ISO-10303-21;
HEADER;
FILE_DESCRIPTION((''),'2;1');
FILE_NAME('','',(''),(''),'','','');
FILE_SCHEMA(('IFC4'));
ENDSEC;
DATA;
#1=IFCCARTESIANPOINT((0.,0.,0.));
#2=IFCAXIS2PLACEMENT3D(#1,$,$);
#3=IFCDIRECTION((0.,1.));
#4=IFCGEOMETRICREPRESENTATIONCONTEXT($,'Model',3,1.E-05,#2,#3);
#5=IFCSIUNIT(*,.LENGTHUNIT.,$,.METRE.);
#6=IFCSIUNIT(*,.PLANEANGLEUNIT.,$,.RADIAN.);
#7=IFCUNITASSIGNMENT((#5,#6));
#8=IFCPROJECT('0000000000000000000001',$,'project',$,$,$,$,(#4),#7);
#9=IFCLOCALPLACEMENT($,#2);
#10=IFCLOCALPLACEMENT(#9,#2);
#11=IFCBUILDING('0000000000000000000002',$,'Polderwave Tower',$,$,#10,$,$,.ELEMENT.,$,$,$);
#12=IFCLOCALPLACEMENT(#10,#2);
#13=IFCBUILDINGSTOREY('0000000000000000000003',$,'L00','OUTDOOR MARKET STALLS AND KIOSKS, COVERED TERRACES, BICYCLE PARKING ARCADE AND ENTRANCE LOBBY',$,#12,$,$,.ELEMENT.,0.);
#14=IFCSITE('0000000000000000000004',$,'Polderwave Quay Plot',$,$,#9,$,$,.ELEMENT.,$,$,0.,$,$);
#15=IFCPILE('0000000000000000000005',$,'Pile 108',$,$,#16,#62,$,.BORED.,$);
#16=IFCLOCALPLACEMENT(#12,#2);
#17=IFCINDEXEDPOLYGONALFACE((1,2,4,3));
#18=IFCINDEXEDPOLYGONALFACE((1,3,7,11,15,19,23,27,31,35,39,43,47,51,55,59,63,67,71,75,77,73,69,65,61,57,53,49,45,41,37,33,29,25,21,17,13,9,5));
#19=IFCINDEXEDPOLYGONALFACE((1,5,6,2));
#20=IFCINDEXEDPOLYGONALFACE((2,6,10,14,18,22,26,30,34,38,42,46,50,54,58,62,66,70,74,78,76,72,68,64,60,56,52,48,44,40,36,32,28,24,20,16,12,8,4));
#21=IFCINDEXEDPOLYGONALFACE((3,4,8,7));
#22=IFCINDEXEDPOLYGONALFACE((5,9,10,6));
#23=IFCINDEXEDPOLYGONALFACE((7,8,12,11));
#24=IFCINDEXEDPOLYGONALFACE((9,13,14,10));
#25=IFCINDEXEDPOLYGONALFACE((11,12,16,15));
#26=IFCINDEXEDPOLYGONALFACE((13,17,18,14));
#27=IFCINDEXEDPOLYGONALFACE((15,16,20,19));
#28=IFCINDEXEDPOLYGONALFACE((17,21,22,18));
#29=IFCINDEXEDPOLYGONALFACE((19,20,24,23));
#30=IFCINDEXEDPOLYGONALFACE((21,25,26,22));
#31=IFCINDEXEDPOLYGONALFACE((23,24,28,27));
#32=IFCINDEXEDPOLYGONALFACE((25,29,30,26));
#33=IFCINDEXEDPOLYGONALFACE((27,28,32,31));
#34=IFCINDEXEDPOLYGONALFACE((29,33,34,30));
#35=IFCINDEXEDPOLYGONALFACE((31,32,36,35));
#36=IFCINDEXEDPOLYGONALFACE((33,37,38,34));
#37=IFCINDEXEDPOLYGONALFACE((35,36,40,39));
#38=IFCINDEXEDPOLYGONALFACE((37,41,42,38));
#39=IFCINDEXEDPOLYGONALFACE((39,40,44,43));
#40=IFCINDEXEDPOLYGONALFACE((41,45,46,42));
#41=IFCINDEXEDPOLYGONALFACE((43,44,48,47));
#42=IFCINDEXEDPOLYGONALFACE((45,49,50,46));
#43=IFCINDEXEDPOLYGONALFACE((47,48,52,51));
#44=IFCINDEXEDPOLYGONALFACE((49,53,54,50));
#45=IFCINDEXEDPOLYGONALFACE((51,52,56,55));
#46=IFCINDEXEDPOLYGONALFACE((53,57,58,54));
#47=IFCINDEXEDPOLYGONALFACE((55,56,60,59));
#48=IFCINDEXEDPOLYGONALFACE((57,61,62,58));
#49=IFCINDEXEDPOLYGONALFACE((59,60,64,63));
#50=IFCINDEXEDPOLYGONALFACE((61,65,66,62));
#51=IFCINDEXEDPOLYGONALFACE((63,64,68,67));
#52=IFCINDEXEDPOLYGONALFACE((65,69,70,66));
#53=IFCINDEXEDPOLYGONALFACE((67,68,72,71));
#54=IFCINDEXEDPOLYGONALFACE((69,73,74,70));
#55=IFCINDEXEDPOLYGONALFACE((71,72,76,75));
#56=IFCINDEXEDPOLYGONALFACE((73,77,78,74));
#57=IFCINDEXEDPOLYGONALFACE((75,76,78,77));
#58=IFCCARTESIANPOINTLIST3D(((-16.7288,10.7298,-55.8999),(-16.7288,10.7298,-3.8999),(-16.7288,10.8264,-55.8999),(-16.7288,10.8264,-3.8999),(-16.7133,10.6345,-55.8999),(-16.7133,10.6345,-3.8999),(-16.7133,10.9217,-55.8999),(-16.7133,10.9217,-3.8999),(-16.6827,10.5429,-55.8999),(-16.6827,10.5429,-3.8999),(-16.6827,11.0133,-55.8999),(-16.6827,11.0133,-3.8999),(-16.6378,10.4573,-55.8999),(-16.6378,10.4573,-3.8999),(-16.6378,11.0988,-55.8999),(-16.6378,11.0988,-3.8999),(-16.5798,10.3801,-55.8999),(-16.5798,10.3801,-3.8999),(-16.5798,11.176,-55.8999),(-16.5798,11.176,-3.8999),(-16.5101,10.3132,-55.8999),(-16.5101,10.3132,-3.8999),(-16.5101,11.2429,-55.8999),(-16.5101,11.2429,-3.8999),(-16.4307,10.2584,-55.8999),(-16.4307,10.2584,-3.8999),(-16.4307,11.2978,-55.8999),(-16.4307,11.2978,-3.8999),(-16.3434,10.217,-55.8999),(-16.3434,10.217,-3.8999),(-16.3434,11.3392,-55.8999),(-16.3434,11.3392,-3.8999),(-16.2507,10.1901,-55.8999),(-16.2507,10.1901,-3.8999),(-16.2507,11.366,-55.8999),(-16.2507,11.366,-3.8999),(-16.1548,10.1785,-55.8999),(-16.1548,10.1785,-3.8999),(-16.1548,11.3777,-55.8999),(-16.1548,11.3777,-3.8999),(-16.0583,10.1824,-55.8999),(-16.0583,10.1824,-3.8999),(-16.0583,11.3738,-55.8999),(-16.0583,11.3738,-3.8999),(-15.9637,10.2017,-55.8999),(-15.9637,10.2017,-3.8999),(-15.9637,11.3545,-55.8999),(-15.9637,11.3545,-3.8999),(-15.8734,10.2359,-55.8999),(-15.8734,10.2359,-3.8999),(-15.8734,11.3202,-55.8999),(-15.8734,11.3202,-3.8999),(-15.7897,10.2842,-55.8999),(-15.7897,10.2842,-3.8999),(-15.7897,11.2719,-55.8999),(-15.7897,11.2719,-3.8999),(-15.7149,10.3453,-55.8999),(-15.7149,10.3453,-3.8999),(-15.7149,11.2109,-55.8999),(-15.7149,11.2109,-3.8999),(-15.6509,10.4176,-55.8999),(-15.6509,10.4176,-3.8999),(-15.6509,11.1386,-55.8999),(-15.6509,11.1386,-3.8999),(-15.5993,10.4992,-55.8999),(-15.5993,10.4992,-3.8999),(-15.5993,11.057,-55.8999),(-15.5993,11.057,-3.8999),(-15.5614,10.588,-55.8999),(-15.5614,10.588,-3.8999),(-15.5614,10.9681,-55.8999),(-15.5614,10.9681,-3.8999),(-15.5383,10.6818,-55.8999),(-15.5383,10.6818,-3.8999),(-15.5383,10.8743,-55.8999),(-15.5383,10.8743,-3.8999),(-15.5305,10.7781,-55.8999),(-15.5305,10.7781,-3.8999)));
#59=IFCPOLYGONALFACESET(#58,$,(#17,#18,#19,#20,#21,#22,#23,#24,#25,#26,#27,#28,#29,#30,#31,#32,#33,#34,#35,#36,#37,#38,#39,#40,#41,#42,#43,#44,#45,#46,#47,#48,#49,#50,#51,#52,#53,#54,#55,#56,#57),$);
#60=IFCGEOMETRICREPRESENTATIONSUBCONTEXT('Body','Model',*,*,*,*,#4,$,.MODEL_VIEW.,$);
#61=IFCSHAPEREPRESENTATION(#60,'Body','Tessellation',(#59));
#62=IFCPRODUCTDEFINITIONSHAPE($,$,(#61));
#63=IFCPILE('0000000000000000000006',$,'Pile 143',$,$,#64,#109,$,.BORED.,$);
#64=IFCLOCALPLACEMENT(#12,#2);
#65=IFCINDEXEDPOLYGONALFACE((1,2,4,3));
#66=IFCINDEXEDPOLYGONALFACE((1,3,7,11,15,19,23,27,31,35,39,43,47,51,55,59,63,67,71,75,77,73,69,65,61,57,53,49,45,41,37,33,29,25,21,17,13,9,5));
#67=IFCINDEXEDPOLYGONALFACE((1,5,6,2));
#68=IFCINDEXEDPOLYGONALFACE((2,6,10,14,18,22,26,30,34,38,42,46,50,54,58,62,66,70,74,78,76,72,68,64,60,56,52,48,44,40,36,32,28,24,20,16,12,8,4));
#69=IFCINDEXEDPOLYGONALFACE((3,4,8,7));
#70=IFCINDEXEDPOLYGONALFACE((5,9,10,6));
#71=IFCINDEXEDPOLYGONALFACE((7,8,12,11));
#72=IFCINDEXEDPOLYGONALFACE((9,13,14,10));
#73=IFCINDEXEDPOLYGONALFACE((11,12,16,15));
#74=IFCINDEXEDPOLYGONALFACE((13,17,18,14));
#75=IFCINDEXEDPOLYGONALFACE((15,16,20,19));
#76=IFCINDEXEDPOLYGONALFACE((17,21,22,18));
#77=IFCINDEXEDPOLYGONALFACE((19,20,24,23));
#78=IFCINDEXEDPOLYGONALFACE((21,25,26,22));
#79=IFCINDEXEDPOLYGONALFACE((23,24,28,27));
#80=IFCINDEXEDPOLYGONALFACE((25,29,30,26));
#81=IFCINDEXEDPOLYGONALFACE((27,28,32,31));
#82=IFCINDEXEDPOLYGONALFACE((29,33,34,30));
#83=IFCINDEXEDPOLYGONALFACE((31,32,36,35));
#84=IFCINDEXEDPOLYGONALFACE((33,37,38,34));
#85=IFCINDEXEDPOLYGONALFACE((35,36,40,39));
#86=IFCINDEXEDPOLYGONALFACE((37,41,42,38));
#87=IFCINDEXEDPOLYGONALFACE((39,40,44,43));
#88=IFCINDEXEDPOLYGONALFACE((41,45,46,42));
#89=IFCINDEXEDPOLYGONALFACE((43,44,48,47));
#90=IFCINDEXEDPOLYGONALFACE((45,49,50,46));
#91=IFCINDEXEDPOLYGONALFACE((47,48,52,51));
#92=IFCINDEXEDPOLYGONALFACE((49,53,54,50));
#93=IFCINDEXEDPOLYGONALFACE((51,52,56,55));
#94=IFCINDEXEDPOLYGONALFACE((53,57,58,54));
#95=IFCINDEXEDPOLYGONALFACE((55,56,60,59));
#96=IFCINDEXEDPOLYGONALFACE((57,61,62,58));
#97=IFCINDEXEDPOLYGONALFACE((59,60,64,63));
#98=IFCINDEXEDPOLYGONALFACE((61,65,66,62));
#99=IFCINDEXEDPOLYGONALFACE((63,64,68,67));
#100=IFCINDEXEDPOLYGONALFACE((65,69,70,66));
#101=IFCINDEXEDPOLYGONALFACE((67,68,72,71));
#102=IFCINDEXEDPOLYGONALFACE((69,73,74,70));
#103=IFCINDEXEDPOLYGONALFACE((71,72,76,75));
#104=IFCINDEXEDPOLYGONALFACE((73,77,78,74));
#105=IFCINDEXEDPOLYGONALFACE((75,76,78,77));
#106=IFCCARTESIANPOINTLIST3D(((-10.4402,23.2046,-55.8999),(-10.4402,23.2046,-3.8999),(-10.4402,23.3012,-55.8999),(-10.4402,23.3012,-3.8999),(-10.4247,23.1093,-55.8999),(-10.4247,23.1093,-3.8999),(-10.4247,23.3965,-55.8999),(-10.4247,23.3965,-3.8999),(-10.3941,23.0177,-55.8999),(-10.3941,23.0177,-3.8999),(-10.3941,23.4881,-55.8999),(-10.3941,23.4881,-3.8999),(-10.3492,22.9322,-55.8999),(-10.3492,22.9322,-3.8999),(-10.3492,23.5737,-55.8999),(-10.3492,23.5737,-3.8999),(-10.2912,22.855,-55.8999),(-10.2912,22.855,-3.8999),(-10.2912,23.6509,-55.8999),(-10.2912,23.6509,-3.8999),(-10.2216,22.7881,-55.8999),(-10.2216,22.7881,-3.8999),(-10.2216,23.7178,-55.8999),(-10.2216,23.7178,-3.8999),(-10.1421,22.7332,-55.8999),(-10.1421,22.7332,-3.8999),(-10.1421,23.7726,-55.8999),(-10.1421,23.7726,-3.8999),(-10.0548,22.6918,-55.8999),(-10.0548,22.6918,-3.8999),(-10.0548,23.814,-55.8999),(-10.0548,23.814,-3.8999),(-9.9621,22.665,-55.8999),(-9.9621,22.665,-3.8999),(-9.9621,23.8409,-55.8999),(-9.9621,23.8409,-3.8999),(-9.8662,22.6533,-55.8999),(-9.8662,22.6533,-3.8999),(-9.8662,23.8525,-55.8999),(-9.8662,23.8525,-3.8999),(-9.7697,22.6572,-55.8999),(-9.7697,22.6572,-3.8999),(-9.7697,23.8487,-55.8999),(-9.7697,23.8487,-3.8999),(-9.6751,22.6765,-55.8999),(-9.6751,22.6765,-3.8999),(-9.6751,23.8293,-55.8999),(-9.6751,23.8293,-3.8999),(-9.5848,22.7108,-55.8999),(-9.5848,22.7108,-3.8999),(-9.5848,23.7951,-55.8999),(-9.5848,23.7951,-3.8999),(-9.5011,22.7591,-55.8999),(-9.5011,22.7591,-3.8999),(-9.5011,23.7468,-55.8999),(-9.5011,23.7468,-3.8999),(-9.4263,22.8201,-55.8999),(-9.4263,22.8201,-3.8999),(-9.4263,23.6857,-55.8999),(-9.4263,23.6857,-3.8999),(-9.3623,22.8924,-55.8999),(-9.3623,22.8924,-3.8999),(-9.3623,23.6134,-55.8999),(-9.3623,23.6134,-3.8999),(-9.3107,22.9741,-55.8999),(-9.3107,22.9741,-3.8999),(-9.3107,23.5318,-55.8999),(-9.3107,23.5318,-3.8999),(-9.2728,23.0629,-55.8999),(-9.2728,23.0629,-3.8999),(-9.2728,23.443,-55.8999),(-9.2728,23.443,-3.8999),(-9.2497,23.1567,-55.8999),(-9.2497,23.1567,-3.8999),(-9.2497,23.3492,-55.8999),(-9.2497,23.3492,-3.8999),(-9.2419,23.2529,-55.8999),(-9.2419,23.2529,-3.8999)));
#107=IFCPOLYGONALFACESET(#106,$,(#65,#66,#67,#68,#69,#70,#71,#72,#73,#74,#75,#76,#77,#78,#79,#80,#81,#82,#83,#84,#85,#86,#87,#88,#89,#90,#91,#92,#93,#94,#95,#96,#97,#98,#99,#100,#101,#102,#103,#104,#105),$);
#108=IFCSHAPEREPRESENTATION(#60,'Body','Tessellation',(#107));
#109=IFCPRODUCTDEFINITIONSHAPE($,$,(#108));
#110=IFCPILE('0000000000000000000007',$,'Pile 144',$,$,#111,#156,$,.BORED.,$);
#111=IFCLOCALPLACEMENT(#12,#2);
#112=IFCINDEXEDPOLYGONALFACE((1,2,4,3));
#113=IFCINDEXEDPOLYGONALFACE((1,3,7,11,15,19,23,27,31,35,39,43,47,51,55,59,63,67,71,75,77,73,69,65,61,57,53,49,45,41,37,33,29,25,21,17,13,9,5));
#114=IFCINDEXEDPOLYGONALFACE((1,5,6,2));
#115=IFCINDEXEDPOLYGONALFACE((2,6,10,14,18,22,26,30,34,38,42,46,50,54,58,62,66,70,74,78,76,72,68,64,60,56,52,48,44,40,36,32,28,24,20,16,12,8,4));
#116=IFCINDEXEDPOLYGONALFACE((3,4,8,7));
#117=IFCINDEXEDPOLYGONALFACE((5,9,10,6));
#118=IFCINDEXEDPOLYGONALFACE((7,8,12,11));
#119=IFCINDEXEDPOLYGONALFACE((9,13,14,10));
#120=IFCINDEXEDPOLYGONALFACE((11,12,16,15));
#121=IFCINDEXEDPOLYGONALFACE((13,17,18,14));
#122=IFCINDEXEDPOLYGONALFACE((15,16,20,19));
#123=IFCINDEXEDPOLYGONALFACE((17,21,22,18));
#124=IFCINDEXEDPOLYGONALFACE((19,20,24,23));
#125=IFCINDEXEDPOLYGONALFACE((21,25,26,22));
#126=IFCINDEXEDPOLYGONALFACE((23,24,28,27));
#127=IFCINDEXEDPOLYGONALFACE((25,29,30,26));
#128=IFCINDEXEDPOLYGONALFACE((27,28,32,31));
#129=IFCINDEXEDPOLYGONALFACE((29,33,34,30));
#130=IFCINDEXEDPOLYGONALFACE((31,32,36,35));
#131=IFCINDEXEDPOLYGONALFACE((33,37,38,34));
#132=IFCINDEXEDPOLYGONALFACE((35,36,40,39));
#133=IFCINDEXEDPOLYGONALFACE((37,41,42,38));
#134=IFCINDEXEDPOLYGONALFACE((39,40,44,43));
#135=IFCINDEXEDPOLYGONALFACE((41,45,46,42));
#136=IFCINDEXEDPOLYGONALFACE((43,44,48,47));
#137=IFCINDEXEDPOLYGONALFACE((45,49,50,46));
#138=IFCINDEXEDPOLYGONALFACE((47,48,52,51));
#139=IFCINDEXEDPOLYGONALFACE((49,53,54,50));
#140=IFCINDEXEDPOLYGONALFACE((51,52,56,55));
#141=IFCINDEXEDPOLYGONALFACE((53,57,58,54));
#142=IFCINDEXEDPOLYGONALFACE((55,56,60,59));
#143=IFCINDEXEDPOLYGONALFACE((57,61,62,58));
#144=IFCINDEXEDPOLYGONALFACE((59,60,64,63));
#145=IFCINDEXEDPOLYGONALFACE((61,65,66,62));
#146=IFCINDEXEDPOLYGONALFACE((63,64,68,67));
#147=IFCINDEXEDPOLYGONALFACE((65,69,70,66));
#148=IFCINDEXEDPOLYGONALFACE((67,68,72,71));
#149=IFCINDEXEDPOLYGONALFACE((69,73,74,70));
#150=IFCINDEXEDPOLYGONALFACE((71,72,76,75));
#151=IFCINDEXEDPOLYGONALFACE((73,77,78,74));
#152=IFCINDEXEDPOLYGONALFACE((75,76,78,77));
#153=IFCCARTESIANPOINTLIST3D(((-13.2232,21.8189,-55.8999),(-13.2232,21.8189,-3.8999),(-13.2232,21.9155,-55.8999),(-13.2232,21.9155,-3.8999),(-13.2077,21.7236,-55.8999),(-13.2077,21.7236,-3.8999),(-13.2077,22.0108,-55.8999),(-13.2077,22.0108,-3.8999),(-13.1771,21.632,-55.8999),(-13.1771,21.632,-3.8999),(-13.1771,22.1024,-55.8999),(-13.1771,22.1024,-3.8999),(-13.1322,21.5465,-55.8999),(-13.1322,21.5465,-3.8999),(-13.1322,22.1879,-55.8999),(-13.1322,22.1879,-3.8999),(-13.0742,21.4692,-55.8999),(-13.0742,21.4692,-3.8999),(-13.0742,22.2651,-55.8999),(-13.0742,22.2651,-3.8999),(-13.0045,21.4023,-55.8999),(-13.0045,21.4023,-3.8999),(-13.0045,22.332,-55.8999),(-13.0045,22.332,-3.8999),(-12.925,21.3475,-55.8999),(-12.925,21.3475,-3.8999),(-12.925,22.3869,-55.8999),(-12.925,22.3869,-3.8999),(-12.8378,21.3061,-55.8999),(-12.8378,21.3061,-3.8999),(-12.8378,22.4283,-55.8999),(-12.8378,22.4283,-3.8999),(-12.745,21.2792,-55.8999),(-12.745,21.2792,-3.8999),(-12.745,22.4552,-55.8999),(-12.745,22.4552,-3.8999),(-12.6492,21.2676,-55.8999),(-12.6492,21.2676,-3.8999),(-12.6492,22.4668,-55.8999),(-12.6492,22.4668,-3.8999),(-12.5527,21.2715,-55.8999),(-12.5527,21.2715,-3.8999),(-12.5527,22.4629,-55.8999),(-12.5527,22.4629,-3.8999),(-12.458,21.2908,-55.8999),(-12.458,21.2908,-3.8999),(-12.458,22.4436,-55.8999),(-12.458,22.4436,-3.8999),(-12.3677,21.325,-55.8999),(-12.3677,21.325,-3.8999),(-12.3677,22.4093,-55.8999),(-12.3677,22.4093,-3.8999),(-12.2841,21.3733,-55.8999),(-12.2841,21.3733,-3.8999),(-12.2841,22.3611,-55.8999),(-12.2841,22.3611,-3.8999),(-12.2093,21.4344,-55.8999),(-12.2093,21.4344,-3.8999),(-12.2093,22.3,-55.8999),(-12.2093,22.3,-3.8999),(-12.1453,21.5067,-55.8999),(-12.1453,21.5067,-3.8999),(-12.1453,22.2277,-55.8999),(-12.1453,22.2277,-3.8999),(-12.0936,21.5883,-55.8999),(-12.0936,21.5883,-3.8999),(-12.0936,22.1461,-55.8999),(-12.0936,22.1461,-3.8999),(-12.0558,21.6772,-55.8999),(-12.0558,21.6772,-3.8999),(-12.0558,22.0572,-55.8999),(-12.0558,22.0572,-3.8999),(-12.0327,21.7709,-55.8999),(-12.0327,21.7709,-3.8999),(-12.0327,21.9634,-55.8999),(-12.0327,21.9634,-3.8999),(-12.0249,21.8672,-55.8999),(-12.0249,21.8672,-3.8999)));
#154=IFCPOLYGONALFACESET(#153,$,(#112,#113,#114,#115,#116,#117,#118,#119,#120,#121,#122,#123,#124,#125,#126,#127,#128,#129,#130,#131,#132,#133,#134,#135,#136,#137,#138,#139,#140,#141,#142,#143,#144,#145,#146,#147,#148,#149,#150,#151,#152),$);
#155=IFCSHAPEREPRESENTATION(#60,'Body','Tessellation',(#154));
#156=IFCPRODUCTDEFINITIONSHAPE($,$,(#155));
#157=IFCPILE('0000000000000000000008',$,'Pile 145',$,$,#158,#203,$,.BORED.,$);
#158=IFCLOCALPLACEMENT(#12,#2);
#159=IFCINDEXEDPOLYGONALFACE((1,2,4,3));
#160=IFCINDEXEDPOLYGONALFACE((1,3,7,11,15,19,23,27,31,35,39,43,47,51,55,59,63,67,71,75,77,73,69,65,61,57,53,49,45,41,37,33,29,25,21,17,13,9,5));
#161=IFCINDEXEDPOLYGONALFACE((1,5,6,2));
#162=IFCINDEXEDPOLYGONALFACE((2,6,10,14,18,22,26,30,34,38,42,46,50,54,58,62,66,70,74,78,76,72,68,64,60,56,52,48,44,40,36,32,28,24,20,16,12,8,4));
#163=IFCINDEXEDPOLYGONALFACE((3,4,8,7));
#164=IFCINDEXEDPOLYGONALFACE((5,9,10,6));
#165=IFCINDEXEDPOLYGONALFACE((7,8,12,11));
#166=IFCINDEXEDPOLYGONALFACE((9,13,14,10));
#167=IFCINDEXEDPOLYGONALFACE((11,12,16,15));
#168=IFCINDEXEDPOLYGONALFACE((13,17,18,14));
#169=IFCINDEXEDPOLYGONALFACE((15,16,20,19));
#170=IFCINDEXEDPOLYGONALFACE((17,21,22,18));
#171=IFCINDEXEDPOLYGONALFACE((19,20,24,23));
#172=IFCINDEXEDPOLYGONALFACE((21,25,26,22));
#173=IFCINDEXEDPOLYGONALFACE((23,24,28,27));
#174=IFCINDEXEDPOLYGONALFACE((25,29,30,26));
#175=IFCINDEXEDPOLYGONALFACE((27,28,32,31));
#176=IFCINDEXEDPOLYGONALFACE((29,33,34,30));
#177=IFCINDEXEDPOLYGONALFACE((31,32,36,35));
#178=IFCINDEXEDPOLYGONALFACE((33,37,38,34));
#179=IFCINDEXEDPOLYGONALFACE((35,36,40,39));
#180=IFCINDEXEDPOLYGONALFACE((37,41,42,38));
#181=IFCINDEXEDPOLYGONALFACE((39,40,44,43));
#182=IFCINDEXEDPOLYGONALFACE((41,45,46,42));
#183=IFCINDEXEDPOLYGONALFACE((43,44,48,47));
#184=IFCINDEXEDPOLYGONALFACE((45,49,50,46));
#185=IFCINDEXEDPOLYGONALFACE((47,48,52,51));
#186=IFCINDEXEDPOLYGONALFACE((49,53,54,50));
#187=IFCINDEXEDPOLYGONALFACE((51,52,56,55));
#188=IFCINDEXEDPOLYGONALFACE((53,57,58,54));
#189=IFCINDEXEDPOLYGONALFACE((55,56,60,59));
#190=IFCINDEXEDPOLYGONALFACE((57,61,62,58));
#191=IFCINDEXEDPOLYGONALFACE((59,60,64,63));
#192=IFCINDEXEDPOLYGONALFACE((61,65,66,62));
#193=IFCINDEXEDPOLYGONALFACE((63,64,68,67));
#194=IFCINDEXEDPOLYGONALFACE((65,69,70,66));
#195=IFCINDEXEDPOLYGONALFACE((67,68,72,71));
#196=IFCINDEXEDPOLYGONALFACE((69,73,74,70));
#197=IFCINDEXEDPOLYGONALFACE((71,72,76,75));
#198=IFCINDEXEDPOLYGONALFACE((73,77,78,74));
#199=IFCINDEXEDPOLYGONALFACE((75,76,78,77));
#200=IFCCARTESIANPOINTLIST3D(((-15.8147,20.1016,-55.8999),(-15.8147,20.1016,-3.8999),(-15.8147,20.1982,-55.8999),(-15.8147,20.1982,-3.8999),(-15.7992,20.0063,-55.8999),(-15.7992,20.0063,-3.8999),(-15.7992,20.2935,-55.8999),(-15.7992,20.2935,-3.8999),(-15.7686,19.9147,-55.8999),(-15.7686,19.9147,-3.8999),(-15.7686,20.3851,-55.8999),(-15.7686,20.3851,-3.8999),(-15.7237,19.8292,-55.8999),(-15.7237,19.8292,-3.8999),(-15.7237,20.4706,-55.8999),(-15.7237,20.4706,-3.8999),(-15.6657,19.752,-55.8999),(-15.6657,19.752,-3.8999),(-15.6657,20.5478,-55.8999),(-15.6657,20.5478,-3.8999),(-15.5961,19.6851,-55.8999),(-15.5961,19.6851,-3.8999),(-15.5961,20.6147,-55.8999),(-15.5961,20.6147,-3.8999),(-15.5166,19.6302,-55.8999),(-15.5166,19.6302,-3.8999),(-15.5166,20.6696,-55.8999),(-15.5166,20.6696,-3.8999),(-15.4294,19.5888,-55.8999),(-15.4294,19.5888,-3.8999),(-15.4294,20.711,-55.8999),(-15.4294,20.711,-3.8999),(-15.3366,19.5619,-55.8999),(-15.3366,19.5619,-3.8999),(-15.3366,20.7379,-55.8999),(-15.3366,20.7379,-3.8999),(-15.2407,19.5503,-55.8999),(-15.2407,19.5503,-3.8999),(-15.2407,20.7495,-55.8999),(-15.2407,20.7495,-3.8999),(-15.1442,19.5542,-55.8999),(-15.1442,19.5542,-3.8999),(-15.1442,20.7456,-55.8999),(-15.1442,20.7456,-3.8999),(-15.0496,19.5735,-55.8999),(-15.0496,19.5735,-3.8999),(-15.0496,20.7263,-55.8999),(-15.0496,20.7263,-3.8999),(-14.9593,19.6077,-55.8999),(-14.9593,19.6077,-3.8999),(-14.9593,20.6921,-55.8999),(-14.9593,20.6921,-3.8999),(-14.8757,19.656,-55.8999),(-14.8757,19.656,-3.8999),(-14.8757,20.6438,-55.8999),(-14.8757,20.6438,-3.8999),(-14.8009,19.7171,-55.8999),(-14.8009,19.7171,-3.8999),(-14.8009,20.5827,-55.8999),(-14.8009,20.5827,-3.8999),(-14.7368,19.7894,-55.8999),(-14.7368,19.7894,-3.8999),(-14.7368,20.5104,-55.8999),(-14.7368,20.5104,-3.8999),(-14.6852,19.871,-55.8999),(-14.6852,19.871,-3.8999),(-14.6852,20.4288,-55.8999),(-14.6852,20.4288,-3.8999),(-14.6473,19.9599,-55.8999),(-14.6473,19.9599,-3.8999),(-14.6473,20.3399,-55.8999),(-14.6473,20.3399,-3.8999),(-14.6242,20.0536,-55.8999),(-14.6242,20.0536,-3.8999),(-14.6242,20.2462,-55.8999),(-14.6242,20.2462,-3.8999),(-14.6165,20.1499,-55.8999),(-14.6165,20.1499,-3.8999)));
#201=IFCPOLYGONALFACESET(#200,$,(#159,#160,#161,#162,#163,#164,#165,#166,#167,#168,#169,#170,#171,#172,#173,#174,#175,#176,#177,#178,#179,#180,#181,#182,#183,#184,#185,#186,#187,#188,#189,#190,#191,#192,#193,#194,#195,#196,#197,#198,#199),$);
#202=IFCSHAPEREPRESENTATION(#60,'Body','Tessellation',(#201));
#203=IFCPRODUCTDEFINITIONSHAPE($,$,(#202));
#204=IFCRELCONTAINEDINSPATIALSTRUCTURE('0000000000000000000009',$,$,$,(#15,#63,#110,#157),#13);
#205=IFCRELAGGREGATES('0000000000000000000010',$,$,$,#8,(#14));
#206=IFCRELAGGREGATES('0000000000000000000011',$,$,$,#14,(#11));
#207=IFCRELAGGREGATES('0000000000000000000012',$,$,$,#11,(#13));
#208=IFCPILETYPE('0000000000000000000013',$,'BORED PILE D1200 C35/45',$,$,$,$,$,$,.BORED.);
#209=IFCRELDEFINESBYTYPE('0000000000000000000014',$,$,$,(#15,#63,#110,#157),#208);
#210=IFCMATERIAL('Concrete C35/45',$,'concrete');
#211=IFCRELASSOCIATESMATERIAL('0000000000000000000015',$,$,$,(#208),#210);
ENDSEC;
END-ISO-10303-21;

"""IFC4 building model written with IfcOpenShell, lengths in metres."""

from ifc_helpers import new_model, si_unit, direction, frame, origin, origin_2d, place, context, subcontext, project, spatial, circle, extrude, material, material_profile, profile_set, type_object, element, save


model = new_model("IFC4")

# Units and contexts
model_context = context("Model", 3, precision=1e-05, world=origin(), true_north=direction((0.0, 1.0)))
body_context = subcontext(model_context, "Body", "Model", "MODEL_VIEW")
ifc_project = project(units=[si_unit("LENGTHUNIT", "METRE"), si_unit("PLANEANGLEUNIT", "RADIAN")], contexts=[model_context])

# Site, building, storey
site_placement = place(None, origin())
site = spatial("IfcSite", under=ifc_project, at=site_placement, Name="Polderwave Quay Plot", CompositionType="ELEMENT", RefElevation=0.0)
building_placement = place(site_placement, origin())
building = spatial("IfcBuilding", under=site, at=building_placement, Name="Polderwave Tower", CompositionType="ELEMENT")
storey_placement = place(building_placement, origin())
storey = spatial("IfcBuildingStorey", under=building, at=storey_placement, Name="L00", Description="OUTDOOR MARKET STALLS AND KIOSKS, COVERED TERRACES, BICYCLE PARKING ARCADE AND ENTRANCE LOBBY", CompositionType="ELEMENT", Elevation=0.0)

# Piles
ifc_material_1 = material(Name="Concrete C35/45", Category="concrete")
ifc_material_profile_1 = material_profile(ifc_material_1, circle(Radius=0.6001, at=origin_2d()), Name="BORED D1200")
ifc_profile_set_1 = profile_set([ifc_material_profile_1], Name="Concrete C35/45")
pile_type = type_object("IfcPileType", Name="BORED PILE D1200 C35/45", PredefinedType="BORED", material=ifc_profile_set_1)
for number, where, z_axis, x_axis, name in (
    (1, (-16.1306, 10.7781, -3.8999), (0.0, 0.0, -1.0), (1.0, 0.0, 0.0), "Pile 108"),
    (2, (-9.842, 23.2529, -3.8999), (0.0, 0.0, -1.0), (1.0, 0.0, 0.0), "Pile 143"),
    (3, (-12.625, 21.8672, -3.8999), (0.0, 0.0, -1.0), (1.0, 0.0, 0.0), "Pile 144"),
    (4, (-15.2166, 20.1499, -3.8999), (0.0, 0.0, -1.0), (1.0, 0.0, 0.0), "Pile 145"),
):
    element("IfcPile", number, at=place(storey_placement, frame(where, z_axis=z_axis, x_axis=x_axis)), inside=storey, type_object=pile_type, Name=name, PredefinedType="BORED", context=body_context, shape_type="SweptSolid", body=[
        extrude(circle(Radius=0.6001, at=origin_2d()), origin(), (0.0, 0.0, 1.0), 52.0),
    ])

save(model, "model.ifc")
